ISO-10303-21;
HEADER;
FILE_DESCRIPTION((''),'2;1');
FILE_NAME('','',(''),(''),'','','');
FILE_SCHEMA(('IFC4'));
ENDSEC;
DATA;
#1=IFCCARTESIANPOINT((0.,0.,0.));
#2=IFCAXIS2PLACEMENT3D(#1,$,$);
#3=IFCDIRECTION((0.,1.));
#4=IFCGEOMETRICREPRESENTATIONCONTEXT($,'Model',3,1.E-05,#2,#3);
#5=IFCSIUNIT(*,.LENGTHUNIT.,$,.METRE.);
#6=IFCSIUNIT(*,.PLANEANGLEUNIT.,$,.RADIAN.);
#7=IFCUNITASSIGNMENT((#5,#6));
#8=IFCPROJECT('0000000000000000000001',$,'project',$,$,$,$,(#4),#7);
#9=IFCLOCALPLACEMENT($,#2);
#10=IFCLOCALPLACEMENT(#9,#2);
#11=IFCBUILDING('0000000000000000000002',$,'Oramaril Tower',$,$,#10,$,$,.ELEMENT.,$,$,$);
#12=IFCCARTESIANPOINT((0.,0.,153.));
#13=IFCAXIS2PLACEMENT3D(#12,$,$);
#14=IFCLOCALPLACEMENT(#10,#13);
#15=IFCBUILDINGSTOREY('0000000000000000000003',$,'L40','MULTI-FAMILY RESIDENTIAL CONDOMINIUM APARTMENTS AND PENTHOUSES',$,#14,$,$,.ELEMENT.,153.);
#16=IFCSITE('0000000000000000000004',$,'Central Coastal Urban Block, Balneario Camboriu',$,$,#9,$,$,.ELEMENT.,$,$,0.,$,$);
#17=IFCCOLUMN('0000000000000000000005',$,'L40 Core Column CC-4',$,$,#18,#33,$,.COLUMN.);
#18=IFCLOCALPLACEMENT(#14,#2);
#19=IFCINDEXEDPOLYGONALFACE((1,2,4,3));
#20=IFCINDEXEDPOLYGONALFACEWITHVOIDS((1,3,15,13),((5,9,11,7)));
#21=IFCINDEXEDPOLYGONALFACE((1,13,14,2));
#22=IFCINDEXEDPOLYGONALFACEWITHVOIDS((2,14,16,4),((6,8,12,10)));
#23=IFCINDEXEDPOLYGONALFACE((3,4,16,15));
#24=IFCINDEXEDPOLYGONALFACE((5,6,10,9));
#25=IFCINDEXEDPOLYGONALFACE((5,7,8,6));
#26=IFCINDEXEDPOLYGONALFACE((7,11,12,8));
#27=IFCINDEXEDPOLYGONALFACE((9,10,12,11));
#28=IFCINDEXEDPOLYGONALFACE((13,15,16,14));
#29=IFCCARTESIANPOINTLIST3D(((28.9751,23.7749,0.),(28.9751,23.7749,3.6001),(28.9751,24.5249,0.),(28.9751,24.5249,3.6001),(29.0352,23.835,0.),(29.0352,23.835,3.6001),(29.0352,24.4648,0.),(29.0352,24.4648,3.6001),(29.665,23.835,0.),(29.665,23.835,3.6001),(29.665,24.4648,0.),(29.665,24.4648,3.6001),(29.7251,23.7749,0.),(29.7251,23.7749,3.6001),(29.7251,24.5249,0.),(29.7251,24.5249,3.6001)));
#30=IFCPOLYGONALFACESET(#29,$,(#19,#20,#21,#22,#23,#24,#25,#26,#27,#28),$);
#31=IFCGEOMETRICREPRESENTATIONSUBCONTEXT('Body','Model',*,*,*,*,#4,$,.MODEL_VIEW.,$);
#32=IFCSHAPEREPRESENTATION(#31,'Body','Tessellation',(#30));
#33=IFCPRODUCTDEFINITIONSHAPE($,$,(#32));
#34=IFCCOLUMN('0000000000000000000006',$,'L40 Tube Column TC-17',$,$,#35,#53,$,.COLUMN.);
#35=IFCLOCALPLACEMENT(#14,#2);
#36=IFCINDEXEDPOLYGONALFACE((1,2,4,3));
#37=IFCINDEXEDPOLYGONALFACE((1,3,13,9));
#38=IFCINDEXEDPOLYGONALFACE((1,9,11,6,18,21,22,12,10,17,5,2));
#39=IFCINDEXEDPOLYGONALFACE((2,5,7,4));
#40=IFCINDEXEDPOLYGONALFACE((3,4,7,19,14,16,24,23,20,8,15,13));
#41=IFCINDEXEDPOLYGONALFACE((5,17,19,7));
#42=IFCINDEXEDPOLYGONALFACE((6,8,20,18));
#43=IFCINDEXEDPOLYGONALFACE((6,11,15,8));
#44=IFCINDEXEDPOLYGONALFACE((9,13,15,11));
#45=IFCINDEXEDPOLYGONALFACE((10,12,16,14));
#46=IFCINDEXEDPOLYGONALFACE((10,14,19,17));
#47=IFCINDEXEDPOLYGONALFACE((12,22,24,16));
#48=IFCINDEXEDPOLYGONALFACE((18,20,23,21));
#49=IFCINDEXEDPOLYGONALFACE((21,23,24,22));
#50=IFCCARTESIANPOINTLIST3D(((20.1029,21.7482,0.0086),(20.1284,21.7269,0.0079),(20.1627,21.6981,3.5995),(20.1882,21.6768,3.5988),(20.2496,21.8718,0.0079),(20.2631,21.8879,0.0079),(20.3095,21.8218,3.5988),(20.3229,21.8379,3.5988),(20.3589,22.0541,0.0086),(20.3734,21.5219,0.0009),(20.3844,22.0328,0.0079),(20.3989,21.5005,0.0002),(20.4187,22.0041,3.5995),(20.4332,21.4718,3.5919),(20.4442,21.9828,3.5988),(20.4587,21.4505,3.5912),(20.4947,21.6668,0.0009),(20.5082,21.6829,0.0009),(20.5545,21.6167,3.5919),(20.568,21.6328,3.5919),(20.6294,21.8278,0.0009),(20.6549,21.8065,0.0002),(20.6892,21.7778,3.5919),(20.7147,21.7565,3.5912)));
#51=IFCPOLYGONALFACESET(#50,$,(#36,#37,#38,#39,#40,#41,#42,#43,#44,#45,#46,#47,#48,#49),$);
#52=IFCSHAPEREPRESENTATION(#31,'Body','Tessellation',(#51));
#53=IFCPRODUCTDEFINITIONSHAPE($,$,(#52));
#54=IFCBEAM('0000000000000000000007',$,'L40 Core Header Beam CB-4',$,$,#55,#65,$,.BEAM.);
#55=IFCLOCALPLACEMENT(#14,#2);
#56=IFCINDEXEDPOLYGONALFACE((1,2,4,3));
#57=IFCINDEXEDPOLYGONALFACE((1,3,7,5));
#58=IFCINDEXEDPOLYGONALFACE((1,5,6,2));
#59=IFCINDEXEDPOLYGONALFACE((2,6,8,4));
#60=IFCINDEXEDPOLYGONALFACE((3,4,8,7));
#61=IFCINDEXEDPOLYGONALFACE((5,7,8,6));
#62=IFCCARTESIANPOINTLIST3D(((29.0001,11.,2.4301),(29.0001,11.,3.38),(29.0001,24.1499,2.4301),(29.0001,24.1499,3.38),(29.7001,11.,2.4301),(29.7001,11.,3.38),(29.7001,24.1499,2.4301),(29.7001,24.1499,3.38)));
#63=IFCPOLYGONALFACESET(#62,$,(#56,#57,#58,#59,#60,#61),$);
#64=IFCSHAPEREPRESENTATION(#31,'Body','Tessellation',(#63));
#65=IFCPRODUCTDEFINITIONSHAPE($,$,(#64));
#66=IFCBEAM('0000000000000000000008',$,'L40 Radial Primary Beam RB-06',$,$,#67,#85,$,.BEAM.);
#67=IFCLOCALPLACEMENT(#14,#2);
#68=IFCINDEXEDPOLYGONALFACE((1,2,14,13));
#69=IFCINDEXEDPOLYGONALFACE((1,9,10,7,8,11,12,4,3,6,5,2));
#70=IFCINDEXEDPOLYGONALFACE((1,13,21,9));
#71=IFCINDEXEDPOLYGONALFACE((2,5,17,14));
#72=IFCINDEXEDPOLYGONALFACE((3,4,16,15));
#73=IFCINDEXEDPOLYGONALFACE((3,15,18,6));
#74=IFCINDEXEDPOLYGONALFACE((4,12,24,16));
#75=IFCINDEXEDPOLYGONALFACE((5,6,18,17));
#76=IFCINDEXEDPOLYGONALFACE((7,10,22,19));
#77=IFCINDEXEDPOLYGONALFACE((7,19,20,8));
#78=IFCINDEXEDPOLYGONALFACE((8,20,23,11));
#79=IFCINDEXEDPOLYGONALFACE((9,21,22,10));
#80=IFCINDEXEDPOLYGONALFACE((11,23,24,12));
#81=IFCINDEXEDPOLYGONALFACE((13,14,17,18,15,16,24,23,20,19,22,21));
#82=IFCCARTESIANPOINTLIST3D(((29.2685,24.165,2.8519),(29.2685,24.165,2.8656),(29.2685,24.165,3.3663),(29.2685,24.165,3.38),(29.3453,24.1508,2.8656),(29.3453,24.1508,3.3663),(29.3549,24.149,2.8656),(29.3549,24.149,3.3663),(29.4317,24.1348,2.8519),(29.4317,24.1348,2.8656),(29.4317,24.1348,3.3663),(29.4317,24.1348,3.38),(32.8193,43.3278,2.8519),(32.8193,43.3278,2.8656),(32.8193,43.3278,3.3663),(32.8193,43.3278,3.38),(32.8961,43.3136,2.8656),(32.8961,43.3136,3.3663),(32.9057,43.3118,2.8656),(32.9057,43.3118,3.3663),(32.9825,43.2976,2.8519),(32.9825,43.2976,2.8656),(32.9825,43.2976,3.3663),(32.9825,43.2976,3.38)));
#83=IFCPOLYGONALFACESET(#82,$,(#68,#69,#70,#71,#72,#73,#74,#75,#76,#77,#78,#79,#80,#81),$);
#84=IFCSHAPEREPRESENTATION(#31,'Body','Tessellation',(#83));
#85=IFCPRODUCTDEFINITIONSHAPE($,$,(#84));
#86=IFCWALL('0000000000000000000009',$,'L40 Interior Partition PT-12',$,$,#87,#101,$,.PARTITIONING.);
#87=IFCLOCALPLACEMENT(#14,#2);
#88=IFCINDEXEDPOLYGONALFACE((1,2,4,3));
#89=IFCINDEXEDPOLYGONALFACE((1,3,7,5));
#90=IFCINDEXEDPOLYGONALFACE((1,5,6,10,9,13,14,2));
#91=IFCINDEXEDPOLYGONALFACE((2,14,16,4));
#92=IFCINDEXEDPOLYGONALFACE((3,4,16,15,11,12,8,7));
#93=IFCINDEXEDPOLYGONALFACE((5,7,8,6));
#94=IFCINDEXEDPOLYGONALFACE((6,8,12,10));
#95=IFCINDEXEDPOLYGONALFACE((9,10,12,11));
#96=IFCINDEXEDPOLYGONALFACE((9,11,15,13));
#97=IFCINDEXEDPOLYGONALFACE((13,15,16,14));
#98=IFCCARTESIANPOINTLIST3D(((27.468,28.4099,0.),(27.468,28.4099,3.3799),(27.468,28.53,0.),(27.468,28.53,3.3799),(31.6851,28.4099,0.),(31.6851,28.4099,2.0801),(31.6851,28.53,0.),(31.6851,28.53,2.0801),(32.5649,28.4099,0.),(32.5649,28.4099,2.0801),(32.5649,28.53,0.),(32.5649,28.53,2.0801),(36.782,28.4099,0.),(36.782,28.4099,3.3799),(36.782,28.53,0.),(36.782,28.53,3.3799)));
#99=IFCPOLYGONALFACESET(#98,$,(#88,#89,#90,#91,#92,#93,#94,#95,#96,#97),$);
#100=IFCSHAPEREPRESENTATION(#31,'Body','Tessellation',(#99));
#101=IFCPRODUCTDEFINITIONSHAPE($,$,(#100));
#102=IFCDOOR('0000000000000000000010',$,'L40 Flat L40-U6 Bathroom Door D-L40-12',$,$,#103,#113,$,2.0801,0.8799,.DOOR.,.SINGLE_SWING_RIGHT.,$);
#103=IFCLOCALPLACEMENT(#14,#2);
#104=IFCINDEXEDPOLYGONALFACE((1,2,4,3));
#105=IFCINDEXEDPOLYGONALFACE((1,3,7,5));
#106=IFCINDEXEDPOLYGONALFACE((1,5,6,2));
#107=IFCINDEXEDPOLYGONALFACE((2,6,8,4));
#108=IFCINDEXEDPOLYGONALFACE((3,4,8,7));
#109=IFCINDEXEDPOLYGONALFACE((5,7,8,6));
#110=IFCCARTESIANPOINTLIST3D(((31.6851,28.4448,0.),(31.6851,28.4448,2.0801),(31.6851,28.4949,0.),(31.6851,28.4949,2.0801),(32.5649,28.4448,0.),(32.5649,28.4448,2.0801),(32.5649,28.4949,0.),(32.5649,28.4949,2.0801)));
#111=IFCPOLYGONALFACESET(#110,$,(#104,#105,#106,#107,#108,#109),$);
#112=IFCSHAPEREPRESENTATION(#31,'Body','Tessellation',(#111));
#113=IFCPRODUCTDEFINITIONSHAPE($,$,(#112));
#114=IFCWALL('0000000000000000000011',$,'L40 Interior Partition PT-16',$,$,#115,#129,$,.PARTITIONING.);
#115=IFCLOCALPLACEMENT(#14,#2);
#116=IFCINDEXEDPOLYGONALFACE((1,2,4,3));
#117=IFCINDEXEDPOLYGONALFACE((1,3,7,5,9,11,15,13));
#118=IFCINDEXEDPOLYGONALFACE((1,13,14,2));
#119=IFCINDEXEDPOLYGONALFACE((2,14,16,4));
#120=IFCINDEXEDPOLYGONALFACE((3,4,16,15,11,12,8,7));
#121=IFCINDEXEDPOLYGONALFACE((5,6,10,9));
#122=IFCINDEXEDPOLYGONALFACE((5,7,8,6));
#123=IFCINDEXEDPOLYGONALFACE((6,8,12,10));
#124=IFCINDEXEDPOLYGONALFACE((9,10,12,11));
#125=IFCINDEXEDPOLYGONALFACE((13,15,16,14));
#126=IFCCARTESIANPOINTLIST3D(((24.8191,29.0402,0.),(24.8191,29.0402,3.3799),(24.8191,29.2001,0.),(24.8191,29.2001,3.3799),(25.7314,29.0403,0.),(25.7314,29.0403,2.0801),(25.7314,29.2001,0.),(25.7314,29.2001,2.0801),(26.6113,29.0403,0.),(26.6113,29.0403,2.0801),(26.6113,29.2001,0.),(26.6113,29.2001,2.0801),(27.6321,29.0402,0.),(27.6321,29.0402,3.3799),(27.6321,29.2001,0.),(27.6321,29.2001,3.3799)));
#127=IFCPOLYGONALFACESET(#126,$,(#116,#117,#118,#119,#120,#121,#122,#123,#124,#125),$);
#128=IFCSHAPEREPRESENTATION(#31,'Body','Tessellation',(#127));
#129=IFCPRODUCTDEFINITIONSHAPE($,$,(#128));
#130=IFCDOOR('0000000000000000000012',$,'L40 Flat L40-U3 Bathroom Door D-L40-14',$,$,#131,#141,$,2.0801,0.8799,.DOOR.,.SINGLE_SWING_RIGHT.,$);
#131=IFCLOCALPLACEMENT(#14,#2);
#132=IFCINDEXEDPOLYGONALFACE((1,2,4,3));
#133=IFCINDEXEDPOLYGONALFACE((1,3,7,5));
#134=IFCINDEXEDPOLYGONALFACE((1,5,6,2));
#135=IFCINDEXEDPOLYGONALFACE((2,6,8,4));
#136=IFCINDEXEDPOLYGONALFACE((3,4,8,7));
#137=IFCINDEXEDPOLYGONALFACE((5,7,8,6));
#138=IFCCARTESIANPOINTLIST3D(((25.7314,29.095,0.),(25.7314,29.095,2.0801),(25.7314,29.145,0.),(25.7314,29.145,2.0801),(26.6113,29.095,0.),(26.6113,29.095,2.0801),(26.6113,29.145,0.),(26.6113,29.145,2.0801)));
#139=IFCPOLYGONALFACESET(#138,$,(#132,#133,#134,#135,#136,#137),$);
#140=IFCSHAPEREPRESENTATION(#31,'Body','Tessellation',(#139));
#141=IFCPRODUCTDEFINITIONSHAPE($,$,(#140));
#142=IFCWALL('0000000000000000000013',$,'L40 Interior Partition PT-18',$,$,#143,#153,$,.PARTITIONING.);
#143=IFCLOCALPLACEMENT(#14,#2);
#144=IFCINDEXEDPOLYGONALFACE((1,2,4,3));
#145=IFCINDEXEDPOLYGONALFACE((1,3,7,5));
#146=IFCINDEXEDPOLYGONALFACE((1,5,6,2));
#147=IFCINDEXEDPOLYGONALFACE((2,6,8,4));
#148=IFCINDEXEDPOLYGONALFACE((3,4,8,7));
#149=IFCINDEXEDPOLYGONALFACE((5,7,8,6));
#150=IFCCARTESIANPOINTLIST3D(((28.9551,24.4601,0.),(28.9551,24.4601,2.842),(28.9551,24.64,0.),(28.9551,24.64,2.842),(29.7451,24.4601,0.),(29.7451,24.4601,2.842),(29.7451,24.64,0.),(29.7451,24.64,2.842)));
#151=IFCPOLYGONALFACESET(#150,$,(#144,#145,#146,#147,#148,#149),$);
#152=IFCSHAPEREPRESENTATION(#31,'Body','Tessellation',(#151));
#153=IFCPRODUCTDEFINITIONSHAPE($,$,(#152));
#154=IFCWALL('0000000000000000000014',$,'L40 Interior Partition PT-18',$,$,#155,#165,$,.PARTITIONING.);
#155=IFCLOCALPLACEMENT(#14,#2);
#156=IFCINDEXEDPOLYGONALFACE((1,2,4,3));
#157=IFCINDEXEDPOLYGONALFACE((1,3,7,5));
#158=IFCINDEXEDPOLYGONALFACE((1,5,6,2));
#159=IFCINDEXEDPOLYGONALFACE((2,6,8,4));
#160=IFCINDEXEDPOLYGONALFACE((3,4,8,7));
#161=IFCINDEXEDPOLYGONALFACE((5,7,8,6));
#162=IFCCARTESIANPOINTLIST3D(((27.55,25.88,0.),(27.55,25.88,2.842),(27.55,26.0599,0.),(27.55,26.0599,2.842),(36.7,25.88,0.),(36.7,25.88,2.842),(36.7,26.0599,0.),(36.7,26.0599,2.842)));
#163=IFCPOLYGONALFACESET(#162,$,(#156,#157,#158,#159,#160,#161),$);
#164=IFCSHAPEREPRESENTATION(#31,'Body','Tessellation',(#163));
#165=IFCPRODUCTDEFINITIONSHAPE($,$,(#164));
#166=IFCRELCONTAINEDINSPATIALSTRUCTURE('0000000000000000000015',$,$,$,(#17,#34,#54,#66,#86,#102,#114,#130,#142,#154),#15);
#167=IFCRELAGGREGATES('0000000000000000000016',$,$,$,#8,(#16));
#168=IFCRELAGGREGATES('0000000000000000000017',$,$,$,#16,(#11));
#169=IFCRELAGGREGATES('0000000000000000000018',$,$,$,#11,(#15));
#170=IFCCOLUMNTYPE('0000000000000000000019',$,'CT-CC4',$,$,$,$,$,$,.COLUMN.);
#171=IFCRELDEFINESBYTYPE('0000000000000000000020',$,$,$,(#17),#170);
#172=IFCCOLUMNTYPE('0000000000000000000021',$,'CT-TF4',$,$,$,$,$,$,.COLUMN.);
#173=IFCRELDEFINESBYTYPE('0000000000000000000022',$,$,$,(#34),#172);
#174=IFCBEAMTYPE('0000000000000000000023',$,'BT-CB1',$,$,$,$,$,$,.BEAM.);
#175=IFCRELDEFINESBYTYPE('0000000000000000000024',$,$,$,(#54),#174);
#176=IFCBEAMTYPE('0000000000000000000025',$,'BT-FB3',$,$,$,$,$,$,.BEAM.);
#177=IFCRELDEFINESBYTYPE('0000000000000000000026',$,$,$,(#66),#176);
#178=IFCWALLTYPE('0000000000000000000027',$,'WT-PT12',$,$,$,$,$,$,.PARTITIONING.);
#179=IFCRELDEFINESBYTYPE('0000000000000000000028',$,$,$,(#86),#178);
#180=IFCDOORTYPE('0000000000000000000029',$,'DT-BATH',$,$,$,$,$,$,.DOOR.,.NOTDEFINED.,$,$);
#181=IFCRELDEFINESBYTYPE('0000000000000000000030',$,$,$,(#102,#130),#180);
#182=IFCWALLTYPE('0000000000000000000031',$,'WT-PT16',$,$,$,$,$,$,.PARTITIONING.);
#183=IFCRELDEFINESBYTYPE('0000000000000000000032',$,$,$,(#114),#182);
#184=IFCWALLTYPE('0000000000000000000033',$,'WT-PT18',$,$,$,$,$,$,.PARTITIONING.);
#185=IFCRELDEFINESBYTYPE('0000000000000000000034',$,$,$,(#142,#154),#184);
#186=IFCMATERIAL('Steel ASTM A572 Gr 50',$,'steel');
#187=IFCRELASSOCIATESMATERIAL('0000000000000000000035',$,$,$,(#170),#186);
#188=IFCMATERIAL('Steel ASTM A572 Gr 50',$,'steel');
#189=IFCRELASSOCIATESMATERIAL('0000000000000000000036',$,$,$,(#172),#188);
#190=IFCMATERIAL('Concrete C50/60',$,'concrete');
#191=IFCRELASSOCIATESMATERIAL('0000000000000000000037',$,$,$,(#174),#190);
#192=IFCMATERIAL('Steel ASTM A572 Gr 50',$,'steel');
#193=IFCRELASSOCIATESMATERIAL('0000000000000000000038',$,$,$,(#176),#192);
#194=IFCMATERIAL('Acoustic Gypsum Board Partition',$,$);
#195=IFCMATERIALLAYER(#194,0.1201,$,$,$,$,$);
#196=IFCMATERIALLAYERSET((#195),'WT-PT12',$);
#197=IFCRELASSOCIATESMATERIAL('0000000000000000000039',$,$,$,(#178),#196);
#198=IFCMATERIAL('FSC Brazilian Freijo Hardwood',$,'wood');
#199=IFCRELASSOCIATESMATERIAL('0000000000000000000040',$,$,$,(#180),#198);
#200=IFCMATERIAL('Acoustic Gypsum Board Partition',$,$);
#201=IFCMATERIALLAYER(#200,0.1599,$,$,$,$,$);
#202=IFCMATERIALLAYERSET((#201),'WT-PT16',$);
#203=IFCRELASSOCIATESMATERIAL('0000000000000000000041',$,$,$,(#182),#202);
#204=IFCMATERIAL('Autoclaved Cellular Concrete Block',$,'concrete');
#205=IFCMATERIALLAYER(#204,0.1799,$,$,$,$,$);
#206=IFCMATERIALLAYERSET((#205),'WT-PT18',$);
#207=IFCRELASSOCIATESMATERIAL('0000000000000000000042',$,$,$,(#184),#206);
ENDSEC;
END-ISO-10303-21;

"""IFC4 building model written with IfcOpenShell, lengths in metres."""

from ifc_helpers import new_model, si_unit, direction, frame, frame_2d, origin, origin_2d, place, context, subcontext, project, spatial, rectangle, hollow_rectangle, i_section, extrude, material, layer, layer_set, material_profile, profile_set, type_object, element, fill, save


model = new_model("IFC4")

# Units and contexts
model_context = context("Model", 3, precision=1e-05, world=origin(), true_north=direction((0.0, 1.0)))
body_context = subcontext(model_context, "Body", "Model", "MODEL_VIEW")
ifc_project = project(units=[si_unit("LENGTHUNIT", "METRE"), si_unit("PLANEANGLEUNIT", "RADIAN")], contexts=[model_context])

# Site, building, storey
site_placement = place(None, origin())
site = spatial("IfcSite", under=ifc_project, at=site_placement, Name="Central Coastal Urban Block, Balneario Camboriu", CompositionType="ELEMENT", RefElevation=0.0)
building_placement = place(site_placement, origin())
building = spatial("IfcBuilding", under=site, at=building_placement, Name="Oramaril Tower", CompositionType="ELEMENT")
storey_placement = place(building_placement, frame((0.0, 0.0, 153.0)))
storey = spatial("IfcBuildingStorey", under=building, at=storey_placement, Name="L40", Description="MULTI-FAMILY RESIDENTIAL CONDOMINIUM APARTMENTS AND PENTHOUSES", CompositionType="ELEMENT", Elevation=153.0)

# Columns
ifc_material_1 = material(Name="Steel ASTM A572 Gr 50", Category="steel")
ifc_material_profile_1 = material_profile(ifc_material_1, hollow_rectangle(XDim=0.75, YDim=0.75, WallThickness=0.0601, at=origin_2d()), Name="BOX750X750X60")
ifc_profile_set_1 = profile_set([ifc_material_profile_1], Name="Steel ASTM A572 Gr 50")
column_type_1 = type_object("IfcColumnType", Name="CT-CC4", PredefinedType="COLUMN", material=ifc_profile_set_1)
column_1_placement = place(storey_placement, frame((29.3501, 24.1499, 0.0), z_axis=(0.0, 0.0, 1.0), x_axis=(1.0, 0.0, 0.0)))
element("IfcColumn", 1, at=column_1_placement, inside=storey, type_object=column_type_1, Name="L40 Core Column CC-4", PredefinedType="COLUMN", context=body_context, shape_type="SweptSolid", body=[
    extrude(hollow_rectangle(XDim=0.75, YDim=0.75, WallThickness=0.0601, at=origin_2d()), origin(), (0.0, 0.0, 1.0), 3.6001),
])
ifc_material_2 = material(Name="Steel ASTM A572 Gr 50", Category="steel")
ifc_material_profile_2 = material_profile(ifc_material_2, i_section(OverallWidth=0.3989, OverallDepth=0.386, WebThickness=0.021, FlangeThickness=0.0332, at=origin_2d()), Name="W14X176")
ifc_profile_set_2 = profile_set([ifc_material_profile_2], Name="Steel ASTM A572 Gr 50")
column_type_2 = type_object("IfcColumnType", Name="CT-TF4", PredefinedType="COLUMN", material=ifc_profile_set_2)
column_2_placement = place(storey_placement, frame((20.3789, 21.7773, 0.0044), z_axis=(0.016653, -0.013934, 0.999764), x_axis=(0.641723, 0.766937, 0.0)))
element("IfcColumn", 2, at=column_2_placement, inside=storey, type_object=column_type_2, Name="L40 Tube Column TC-17", PredefinedType="COLUMN", context=body_context, shape_type="SweptSolid", body=[
    extrude(i_section(OverallWidth=0.3989, OverallDepth=0.386, WebThickness=0.021, FlangeThickness=0.0332, at=origin_2d()), origin(), (0.0, 0.0, 1.0), 3.5918),
])

# Beams
ifc_material_3 = material(Name="Concrete C50/60", Category="concrete")
ifc_material_profile_3 = material_profile(ifc_material_3, rectangle(XDim=0.7, YDim=0.95, at=origin_2d()), Name="CB700X950")
ifc_profile_set_3 = profile_set([ifc_material_profile_3], Name="Concrete C50/60")
beam_type_1 = type_object("IfcBeamType", Name="BT-CB1", PredefinedType="BEAM", material=ifc_profile_set_3)
beam_1_placement = place(storey_placement, frame((29.3501, 24.1499, 2.905), z_axis=(0.0, -1.0, 0.0), x_axis=(1.0, 0.0, 0.0)))
element("IfcBeam", 3, at=beam_1_placement, inside=storey, type_object=beam_type_1, Name="L40 Core Header Beam CB-4", PredefinedType="BEAM", context=body_context, shape_type="SweptSolid", body=[
    extrude(rectangle(XDim=0.7, YDim=0.95, at=origin_2d()), origin(), (0.0, 0.0, 1.0), 13.1499),
])
ifc_material_4 = material(Name="Steel ASTM A572 Gr 50", Category="steel")
ifc_material_profile_4 = material_profile(ifc_material_4, i_section(OverallWidth=0.166, OverallDepth=0.5281, WebThickness=0.0098, FlangeThickness=0.0137, at=origin_2d()), Name="W21X50")
ifc_profile_set_4 = profile_set([ifc_material_profile_4], Name="Steel ASTM A572 Gr 50")
beam_type_2 = type_object("IfcBeamType", Name="BT-FB3", PredefinedType="BEAM", material=ifc_profile_set_4)
beam_2_placement = place(storey_placement, frame((29.3501, 24.1499, 3.116), z_axis=(0.182194, 0.983263, 0.0), x_axis=(-0.983263, 0.182194, 0.0)))
element("IfcBeam", 4, at=beam_2_placement, inside=storey, type_object=beam_type_2, Name="L40 Radial Primary Beam RB-06", PredefinedType="BEAM", context=body_context, shape_type="SweptSolid", body=[
    extrude(i_section(OverallWidth=0.166, OverallDepth=0.5281, WebThickness=0.0098, FlangeThickness=0.0137, at=origin_2d()), origin(), (0.0, 0.0, 1.0), 19.489),
])

# Walls, openings, doors
ifc_material_5 = material(Name="Acoustic Gypsum Board Partition")
ifc_layer_1 = layer(ifc_material_5, 0.1201)
ifc_layer_set_1 = layer_set([ifc_layer_1], Name="WT-PT12")
wall_type_1 = type_object("IfcWallType", Name="WT-PT12", PredefinedType="PARTITIONING", material=ifc_layer_set_1)
wall_1_placement = place(storey_placement, frame((27.468, 28.47, 0.0), z_axis=(0.0, 0.0, 1.0), x_axis=(1.0, 0.0, 0.0)))
wall_1 = element("IfcWall", 5, at=wall_1_placement, inside=storey, type_object=wall_type_1, Name="L40 Interior Partition PT-12", PredefinedType="PARTITIONING", context=body_context, shape_type="SweptSolid", body=[
    extrude(rectangle(XDim=9.314, YDim=0.1201, at=frame_2d((4.657, 0.0))), origin(), (0.0, 0.0, 1.0), 3.3799),
])
opening_1_placement = place(wall_1_placement, frame((4.217, 0.0, 0.0)))
opening_1 = element("IfcOpeningElement", 6, at=opening_1_placement, cuts=wall_1, PredefinedType="OPENING", context=body_context, shape_type="SweptSolid", body=[
    extrude(rectangle(XDim=0.8799, YDim=2.0801, at=frame_2d((0.4399, 1.04))), frame((0.0, 0.0601, 0.0), z_axis=(0.0, -1.0, 0.0), x_axis=(1.0, 0.0, 0.0)), (0.0, 0.0, 1.0), 0.1201),
])
ifc_material_6 = material(Name="FSC Brazilian Freijo Hardwood", Category="wood")
door_type_1 = type_object("IfcDoorType", Name="DT-BATH", OperationType="NOTDEFINED", PredefinedType="DOOR", material=ifc_material_6)
door_1_placement = place(opening_1_placement, origin())
door_1 = element("IfcDoor", 7, at=door_1_placement, inside=storey, type_object=door_type_1, Name="L40 Flat L40-U6 Bathroom Door D-L40-12", OperationType="SINGLE_SWING_RIGHT", OverallHeight=2.0801, OverallWidth=0.8799, PredefinedType="DOOR", context=body_context, shape_type="SweptSolid", body=[
    extrude(rectangle(XDim=0.8799, YDim=2.0801, at=frame_2d((0.4399, 1.04))), frame((0.0, 0.0249, 0.0), z_axis=(0.0, -1.0, 0.0), x_axis=(1.0, 0.0, 0.0)), (0.0, 0.0, 1.0), 0.05),
])
fill(opening_1, door_1)
ifc_material_7 = material(Name="Acoustic Gypsum Board Partition")
ifc_layer_2 = layer(ifc_material_7, 0.1599)
ifc_layer_set_2 = layer_set([ifc_layer_2], Name="WT-PT16")
wall_type_2 = type_object("IfcWallType", Name="WT-PT16", PredefinedType="PARTITIONING", material=ifc_layer_set_2)
wall_2_placement = place(storey_placement, frame((24.8191, 29.1201, 0.0), z_axis=(0.0, 0.0, 1.0), x_axis=(1.0, 0.0, 0.0)))
wall_2 = element("IfcWall", 8, at=wall_2_placement, inside=storey, type_object=wall_type_2, Name="L40 Interior Partition PT-16", PredefinedType="PARTITIONING", context=body_context, shape_type="SweptSolid", body=[
    extrude(rectangle(XDim=2.813, YDim=0.1599, at=frame_2d((1.4065, 0.0))), origin(), (0.0, 0.0, 1.0), 3.3799),
])
opening_2_placement = place(wall_2_placement, frame((0.9124, 0.0, 0.0)))
opening_2 = element("IfcOpeningElement", 9, at=opening_2_placement, cuts=wall_2, PredefinedType="OPENING", context=body_context, shape_type="SweptSolid", body=[
    extrude(rectangle(XDim=0.8799, YDim=2.0801, at=frame_2d((0.4399, 1.04))), frame((0.0, 0.0801, 0.0), z_axis=(0.0, -1.0, 0.0), x_axis=(1.0, 0.0, 0.0)), (0.0, 0.0, 1.0), 0.1599),
])
door_2_placement = place(opening_2_placement, origin())
door_2 = element("IfcDoor", 10, at=door_2_placement, inside=storey, type_object=door_type_1, Name="L40 Flat L40-U3 Bathroom Door D-L40-14", OperationType="SINGLE_SWING_RIGHT", OverallHeight=2.0801, OverallWidth=0.8799, PredefinedType="DOOR", context=body_context, shape_type="SweptSolid", body=[
    extrude(rectangle(XDim=0.8799, YDim=2.0801, at=frame_2d((0.4399, 1.04))), frame((0.0, 0.0249, 0.0), z_axis=(0.0, -1.0, 0.0), x_axis=(1.0, 0.0, 0.0)), (0.0, 0.0, 1.0), 0.05),
])
fill(opening_2, door_2)

# Walls
ifc_material_8 = material(Name="Autoclaved Cellular Concrete Block", Category="concrete")
ifc_layer_3 = layer(ifc_material_8, 0.1799)
ifc_layer_set_3 = layer_set([ifc_layer_3], Name="WT-PT18")
wall_type_3 = type_object("IfcWallType", Name="WT-PT18", PredefinedType="PARTITIONING", material=ifc_layer_set_3)
wall_3_placement = place(storey_placement, frame((28.9551, 24.55, 0.0), z_axis=(0.0, 0.0, 1.0), x_axis=(1.0, 0.0, 0.0)))
element("IfcWall", 11, at=wall_3_placement, inside=storey, type_object=wall_type_3, Name="L40 Interior Partition PT-18", PredefinedType="PARTITIONING", context=body_context, shape_type="SweptSolid", body=[
    extrude(rectangle(XDim=0.79, YDim=0.1799, at=frame_2d((0.395, 0.0))), origin(), (0.0, 0.0, 1.0), 2.842),
])
wall_4_placement = place(storey_placement, frame((27.55, 25.97, 0.0), z_axis=(0.0, 0.0, 1.0), x_axis=(1.0, 0.0, 0.0)))
element("IfcWall", 12, at=wall_4_placement, inside=storey, type_object=wall_type_3, Name="L40 Interior Partition PT-18", PredefinedType="PARTITIONING", context=body_context, shape_type="SweptSolid", body=[
    extrude(rectangle(XDim=9.1499, YDim=0.1799, at=frame_2d((4.575, 0.0))), origin(), (0.0, 0.0, 1.0), 2.842),
])

save(model, "model.ifc")
